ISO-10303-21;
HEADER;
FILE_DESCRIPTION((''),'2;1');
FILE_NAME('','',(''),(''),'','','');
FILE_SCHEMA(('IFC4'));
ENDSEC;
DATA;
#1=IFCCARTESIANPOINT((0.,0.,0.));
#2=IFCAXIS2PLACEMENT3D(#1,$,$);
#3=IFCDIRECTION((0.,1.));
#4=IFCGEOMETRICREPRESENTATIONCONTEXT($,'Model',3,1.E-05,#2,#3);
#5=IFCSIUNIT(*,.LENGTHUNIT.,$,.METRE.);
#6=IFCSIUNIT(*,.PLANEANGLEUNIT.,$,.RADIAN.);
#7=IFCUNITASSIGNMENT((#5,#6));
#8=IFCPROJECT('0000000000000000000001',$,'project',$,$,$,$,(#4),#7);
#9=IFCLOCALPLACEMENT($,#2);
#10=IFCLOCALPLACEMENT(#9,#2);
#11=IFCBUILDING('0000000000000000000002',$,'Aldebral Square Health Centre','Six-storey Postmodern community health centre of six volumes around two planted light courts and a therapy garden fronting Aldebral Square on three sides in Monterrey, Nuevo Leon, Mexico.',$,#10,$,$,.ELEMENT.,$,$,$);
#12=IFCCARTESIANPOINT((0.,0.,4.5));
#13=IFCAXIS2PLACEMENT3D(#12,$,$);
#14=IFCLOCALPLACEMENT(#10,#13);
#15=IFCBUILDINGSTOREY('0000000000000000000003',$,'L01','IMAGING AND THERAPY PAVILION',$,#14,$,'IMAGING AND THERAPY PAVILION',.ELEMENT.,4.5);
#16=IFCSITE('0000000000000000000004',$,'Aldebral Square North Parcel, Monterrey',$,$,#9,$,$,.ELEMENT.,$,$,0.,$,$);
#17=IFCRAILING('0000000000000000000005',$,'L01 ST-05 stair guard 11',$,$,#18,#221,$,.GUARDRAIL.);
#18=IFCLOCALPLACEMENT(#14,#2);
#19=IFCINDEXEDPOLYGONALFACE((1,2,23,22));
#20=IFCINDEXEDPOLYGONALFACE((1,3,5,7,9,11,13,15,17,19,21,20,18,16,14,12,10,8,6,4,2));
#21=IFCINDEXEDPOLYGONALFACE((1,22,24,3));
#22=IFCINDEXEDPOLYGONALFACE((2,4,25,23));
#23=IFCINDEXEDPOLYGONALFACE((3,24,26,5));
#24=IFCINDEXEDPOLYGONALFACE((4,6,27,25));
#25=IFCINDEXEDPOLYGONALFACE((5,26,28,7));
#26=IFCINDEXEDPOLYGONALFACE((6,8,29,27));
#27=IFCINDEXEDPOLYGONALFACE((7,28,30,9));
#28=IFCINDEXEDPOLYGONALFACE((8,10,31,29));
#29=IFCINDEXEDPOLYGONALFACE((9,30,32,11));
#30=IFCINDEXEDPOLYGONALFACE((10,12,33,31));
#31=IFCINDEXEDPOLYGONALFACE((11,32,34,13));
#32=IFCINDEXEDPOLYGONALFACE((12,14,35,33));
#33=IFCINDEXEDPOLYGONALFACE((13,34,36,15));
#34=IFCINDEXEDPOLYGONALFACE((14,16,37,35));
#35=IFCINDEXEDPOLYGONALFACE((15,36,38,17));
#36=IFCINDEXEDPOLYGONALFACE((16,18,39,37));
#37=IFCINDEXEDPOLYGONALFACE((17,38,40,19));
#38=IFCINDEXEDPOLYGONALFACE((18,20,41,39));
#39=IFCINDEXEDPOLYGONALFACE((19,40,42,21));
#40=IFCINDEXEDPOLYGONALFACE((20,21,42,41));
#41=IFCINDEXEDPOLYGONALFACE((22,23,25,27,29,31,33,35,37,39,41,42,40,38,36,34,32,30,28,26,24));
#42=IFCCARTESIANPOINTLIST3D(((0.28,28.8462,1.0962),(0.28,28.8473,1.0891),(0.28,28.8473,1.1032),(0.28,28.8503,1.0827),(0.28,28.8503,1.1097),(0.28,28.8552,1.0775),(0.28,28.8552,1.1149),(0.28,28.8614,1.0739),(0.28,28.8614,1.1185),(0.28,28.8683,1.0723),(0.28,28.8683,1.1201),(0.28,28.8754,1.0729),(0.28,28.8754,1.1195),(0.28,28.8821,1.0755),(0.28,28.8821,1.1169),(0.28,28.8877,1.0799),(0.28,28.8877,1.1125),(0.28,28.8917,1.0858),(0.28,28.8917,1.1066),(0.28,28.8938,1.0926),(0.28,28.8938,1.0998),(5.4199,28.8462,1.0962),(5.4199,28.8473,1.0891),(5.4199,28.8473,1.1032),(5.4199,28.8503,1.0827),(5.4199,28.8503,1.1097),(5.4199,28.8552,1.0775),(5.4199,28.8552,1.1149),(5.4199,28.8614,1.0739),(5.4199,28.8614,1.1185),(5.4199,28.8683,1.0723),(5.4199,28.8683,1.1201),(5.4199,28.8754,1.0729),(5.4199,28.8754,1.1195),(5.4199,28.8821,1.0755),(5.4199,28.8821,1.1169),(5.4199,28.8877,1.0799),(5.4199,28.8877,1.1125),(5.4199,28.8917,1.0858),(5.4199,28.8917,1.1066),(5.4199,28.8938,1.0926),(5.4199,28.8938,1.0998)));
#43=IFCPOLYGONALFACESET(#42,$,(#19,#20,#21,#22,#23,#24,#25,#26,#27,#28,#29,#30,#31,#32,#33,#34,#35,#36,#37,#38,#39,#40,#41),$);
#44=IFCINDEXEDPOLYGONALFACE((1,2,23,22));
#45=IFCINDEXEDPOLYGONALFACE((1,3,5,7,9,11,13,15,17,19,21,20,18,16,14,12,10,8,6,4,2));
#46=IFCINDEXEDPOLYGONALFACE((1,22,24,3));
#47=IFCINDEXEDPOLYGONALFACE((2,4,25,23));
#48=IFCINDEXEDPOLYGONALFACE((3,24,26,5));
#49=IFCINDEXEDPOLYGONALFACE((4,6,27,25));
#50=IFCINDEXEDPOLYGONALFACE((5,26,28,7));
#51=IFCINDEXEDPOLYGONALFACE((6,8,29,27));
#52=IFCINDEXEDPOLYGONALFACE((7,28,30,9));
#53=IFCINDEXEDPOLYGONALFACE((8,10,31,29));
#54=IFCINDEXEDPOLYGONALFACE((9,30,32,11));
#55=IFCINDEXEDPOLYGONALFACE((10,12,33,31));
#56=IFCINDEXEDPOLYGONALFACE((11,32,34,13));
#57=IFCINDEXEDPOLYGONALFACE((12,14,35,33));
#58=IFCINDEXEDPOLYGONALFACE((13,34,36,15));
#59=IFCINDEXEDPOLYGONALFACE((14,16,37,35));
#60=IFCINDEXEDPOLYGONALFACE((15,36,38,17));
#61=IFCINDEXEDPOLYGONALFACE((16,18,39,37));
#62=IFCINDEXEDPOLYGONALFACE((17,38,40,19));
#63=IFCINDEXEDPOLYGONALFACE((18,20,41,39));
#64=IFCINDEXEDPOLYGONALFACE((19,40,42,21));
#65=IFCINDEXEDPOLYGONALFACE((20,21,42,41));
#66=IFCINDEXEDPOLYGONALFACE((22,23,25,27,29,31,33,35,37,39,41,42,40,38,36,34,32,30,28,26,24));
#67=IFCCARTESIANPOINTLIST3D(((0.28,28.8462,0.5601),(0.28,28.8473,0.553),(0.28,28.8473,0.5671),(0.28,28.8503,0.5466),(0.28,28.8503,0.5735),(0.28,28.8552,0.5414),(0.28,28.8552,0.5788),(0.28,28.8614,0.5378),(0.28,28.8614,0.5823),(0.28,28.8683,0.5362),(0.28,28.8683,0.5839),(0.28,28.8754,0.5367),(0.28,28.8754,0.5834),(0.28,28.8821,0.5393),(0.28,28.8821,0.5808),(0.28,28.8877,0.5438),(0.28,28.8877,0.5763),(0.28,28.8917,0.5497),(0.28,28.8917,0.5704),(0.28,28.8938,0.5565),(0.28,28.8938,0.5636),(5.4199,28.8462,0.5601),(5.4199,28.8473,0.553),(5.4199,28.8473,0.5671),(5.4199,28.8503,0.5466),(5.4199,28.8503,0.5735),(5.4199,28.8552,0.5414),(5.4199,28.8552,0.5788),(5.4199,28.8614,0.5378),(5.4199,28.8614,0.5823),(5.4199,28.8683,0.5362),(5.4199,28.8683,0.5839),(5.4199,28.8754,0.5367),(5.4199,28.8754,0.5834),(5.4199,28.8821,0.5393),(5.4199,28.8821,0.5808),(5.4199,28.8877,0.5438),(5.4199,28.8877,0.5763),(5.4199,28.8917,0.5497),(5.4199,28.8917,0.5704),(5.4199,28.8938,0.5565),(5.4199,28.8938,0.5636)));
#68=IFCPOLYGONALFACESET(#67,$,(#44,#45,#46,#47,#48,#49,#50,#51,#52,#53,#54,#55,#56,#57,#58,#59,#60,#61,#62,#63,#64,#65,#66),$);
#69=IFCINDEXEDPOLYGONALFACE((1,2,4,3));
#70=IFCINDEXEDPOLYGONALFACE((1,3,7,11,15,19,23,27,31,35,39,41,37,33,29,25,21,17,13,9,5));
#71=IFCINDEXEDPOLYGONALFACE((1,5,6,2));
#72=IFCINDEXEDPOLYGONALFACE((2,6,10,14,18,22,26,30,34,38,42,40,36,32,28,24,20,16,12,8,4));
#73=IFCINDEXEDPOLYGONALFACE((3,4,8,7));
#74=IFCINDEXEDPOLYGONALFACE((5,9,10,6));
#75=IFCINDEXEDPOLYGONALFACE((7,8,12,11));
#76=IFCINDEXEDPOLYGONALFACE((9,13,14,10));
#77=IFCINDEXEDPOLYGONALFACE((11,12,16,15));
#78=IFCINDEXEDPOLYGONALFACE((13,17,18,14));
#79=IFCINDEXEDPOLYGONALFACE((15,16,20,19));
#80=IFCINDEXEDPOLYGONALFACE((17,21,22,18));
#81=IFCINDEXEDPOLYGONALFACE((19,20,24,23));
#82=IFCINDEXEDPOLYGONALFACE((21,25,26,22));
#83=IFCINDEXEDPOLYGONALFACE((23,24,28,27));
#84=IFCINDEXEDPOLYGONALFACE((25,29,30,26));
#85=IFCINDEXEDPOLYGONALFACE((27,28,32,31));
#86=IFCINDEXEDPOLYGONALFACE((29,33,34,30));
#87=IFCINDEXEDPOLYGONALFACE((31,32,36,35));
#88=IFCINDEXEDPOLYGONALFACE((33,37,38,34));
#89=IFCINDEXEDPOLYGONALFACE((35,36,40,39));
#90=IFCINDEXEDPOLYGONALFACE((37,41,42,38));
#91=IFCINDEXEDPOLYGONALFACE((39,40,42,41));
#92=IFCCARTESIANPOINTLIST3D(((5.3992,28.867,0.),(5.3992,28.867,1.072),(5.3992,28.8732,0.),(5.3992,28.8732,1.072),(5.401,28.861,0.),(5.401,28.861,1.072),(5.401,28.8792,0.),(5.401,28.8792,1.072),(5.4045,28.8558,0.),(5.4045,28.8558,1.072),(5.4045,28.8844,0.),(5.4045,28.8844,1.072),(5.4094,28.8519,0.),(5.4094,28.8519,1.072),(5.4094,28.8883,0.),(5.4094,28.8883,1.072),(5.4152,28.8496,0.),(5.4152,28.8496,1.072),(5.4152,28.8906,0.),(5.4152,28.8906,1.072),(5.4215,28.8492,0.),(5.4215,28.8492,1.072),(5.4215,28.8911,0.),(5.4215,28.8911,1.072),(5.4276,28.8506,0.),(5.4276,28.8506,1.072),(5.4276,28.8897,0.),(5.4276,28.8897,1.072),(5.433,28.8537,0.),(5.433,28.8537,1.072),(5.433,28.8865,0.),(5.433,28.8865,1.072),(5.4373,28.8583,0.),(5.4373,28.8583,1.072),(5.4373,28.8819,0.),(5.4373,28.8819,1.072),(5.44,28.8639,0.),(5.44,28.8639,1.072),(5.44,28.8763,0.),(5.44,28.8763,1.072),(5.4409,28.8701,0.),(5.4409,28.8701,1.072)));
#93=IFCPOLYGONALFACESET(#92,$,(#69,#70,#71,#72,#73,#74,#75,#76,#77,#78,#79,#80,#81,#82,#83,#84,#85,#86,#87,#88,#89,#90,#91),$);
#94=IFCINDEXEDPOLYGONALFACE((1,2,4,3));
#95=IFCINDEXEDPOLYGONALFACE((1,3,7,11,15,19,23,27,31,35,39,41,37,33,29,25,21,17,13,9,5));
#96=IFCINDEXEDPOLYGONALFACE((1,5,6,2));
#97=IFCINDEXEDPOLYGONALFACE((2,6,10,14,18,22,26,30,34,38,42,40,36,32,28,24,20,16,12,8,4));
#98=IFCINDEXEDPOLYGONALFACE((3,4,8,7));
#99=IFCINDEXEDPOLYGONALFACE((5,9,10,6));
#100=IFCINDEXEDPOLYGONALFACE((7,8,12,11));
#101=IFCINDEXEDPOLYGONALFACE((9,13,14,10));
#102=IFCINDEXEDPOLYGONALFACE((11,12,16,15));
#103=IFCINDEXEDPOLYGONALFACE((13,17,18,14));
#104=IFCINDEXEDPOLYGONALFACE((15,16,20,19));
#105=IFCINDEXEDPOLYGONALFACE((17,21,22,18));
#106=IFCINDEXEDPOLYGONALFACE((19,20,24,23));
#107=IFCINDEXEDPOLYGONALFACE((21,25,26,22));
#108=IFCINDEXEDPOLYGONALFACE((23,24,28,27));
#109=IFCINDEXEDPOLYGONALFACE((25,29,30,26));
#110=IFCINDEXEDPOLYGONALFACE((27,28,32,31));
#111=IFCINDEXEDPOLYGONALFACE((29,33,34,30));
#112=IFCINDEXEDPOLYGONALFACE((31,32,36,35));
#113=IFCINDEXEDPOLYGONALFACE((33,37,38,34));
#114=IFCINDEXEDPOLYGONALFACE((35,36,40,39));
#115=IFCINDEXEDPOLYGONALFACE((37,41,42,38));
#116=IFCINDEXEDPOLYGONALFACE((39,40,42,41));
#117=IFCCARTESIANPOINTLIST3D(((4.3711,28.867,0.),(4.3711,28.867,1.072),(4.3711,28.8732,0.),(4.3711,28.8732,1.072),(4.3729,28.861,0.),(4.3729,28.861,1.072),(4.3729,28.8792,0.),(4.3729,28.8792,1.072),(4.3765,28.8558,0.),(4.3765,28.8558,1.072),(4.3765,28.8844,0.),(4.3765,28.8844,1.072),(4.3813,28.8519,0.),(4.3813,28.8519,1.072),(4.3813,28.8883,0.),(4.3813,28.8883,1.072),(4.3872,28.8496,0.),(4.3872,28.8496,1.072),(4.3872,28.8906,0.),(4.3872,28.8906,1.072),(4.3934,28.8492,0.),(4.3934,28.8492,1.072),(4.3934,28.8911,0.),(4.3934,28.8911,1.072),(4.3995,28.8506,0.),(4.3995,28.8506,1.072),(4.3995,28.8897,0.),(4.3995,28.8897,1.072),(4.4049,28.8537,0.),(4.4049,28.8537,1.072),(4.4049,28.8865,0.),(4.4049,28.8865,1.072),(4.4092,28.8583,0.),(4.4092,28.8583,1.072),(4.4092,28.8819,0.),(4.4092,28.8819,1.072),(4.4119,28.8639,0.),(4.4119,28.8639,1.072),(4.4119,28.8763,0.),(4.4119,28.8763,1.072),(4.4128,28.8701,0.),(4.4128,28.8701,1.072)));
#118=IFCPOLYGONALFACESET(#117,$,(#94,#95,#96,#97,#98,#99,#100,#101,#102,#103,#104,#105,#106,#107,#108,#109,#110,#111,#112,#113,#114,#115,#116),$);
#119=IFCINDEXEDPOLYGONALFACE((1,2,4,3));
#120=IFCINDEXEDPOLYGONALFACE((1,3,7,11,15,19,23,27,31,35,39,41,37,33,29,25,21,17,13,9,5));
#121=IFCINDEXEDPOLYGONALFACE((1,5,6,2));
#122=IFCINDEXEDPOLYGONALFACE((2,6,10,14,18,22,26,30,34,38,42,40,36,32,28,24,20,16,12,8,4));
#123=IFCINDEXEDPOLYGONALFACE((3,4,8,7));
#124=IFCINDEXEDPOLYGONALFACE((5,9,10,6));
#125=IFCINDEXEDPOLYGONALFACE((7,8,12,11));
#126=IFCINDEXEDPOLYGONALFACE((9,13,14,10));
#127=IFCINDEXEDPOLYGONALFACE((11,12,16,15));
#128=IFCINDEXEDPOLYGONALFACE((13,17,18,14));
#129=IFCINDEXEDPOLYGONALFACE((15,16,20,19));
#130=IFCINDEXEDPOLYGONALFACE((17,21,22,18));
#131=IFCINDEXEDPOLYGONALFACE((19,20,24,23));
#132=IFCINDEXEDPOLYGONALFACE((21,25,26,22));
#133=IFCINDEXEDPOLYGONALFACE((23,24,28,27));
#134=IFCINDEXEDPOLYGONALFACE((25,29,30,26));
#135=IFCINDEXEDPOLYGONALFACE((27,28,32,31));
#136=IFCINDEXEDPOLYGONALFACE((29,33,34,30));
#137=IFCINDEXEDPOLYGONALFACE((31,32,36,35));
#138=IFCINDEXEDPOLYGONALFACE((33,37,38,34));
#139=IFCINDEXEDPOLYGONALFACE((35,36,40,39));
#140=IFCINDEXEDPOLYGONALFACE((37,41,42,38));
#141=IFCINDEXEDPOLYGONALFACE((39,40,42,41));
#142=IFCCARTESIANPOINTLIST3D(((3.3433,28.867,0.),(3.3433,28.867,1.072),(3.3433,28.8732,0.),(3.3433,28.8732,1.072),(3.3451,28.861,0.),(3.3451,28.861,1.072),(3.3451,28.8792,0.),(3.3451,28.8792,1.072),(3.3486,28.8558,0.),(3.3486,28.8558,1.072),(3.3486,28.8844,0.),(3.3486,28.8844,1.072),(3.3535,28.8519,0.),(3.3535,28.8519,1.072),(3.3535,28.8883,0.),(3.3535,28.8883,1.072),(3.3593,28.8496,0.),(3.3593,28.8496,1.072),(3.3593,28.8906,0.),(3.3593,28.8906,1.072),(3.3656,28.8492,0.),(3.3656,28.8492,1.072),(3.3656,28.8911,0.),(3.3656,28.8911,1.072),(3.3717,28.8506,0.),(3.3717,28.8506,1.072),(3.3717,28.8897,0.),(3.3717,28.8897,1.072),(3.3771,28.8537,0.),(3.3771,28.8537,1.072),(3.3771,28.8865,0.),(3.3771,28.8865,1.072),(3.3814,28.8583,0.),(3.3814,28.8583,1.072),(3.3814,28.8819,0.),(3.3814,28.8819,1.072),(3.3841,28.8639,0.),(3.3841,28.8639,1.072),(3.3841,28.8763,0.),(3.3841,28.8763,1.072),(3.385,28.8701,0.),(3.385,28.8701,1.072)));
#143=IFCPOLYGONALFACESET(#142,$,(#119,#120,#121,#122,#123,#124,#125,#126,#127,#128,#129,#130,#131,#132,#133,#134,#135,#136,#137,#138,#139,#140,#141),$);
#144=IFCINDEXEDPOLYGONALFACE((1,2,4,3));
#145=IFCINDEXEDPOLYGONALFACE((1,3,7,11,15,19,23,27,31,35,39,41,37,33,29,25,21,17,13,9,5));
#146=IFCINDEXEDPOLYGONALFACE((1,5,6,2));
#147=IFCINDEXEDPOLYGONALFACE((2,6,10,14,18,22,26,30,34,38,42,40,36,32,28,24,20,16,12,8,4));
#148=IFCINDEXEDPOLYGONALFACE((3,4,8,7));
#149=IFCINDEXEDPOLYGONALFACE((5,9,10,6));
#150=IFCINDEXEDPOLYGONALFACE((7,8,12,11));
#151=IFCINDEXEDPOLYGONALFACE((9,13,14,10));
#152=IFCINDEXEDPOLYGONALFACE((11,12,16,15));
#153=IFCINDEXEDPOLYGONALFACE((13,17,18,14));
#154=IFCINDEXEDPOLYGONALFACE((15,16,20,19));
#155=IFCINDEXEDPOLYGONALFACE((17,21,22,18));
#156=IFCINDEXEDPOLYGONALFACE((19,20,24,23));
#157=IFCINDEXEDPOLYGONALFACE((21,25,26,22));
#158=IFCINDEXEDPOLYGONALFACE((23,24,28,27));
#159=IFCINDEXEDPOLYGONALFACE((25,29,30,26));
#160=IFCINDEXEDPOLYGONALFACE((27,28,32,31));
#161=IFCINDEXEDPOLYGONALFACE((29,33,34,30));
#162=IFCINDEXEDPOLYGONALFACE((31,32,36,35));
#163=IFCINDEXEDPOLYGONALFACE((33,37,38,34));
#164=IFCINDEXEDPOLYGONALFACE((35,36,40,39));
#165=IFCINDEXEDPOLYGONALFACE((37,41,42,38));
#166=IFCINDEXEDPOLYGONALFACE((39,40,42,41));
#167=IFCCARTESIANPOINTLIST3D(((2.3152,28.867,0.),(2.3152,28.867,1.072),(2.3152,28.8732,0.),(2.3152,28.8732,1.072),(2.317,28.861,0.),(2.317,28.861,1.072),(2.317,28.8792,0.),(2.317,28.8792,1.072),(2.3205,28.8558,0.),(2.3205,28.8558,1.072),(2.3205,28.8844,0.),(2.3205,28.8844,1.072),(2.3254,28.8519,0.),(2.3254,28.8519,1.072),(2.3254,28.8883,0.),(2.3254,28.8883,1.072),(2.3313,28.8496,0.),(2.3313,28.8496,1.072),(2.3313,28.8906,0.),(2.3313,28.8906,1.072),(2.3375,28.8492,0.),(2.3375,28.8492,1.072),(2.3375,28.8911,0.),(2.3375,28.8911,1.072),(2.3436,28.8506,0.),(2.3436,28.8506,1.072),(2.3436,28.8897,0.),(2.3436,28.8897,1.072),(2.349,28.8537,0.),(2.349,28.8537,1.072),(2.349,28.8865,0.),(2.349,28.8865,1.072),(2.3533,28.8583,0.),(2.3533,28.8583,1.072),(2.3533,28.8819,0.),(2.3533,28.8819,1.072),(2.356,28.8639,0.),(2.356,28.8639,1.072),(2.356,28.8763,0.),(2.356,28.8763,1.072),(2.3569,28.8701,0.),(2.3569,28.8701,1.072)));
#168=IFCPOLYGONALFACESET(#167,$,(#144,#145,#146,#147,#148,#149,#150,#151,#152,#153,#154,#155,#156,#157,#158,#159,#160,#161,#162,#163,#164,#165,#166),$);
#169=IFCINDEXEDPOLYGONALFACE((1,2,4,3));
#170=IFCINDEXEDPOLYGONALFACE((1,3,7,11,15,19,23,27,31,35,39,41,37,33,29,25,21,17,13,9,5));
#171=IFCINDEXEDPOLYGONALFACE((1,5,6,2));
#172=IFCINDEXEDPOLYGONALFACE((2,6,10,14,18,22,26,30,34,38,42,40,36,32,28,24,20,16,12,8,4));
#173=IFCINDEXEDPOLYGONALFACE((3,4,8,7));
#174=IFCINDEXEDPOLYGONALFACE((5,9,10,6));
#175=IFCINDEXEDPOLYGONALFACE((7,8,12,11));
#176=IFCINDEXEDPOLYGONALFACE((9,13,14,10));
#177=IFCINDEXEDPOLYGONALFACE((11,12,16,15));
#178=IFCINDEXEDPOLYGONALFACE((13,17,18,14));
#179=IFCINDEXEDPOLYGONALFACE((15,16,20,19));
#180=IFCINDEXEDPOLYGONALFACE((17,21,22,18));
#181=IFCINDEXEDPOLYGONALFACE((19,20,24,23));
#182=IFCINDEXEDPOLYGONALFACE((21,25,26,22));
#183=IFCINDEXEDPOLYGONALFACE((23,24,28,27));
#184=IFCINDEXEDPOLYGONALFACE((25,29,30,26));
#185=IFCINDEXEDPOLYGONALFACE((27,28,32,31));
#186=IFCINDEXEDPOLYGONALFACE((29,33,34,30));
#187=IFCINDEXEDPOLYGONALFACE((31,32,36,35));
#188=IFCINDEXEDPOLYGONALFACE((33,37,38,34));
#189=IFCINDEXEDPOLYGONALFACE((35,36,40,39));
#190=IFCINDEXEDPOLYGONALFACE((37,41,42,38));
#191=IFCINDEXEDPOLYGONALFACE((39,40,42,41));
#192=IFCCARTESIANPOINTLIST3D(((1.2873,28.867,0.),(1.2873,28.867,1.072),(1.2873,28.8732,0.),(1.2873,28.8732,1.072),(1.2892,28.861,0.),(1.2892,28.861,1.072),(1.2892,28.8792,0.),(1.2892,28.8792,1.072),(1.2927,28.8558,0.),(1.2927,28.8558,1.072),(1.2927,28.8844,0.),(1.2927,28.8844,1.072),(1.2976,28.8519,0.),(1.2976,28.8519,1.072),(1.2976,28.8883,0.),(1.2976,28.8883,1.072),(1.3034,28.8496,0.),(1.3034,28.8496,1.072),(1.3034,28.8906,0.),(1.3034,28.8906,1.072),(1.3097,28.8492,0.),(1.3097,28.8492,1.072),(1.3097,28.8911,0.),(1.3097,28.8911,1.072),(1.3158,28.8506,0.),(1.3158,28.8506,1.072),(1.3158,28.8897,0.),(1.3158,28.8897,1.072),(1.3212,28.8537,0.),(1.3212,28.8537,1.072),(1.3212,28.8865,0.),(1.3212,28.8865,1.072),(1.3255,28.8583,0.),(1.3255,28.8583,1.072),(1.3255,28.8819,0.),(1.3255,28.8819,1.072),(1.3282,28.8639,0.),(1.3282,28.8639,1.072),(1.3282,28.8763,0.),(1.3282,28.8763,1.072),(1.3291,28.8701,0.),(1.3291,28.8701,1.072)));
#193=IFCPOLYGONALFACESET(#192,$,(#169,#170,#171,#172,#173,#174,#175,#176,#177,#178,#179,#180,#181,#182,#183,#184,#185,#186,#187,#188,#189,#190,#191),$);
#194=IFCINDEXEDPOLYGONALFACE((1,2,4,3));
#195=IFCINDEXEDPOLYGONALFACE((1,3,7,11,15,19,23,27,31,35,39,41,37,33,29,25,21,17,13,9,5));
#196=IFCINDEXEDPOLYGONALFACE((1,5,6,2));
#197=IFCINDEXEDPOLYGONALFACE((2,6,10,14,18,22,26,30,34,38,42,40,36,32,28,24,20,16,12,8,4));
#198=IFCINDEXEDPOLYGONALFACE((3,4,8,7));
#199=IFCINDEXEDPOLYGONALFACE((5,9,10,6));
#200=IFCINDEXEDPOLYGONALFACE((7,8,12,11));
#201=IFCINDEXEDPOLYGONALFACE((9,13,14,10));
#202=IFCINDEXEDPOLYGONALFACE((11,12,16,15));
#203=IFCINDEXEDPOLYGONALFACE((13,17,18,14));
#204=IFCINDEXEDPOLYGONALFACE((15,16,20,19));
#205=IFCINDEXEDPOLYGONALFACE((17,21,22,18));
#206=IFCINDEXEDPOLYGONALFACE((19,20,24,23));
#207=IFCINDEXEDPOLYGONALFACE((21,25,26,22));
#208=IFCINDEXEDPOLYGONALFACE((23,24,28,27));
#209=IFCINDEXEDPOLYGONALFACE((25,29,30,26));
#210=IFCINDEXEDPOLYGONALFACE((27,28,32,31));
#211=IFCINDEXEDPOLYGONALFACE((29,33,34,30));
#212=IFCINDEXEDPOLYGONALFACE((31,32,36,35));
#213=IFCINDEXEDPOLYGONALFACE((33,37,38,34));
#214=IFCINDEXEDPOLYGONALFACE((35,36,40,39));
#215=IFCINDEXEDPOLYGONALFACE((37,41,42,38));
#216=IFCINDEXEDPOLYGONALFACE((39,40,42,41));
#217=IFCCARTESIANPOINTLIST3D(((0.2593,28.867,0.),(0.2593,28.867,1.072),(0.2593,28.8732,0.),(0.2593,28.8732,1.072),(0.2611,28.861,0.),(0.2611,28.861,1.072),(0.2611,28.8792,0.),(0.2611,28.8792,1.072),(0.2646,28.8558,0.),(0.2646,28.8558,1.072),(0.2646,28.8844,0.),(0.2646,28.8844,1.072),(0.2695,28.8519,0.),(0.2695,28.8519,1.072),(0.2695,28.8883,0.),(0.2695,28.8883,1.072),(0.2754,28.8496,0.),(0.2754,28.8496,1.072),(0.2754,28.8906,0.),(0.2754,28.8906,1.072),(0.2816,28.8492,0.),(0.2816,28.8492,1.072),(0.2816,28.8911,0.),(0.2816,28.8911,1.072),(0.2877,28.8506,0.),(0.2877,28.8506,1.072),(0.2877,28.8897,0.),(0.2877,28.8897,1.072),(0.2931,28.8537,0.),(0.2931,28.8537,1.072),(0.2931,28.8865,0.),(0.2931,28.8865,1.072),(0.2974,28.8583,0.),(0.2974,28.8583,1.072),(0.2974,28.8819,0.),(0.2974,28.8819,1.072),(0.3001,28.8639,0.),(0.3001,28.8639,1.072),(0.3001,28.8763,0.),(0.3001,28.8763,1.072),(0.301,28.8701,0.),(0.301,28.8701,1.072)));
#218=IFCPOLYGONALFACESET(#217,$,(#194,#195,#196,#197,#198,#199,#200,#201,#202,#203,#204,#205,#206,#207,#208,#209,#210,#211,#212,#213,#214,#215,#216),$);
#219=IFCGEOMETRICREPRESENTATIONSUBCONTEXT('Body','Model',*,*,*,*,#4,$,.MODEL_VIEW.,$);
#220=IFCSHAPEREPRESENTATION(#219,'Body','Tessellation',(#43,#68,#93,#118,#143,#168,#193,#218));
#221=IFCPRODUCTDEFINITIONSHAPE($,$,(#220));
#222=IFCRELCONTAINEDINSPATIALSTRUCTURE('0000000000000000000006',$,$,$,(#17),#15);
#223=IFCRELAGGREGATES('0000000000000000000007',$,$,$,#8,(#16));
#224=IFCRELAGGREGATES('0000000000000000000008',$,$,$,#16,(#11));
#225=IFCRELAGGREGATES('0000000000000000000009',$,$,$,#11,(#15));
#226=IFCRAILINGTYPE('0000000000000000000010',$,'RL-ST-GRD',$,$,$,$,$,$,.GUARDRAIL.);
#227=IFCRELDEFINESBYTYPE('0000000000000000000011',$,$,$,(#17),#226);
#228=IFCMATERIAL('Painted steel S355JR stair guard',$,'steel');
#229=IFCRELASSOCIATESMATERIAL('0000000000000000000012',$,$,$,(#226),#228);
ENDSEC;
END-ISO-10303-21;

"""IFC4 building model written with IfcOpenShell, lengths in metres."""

from ifc_helpers import new_model, si_unit, direction, frame, origin, origin_2d, place, context, subcontext, project, spatial, circle, extrude, material, type_object, element, save


model = new_model("IFC4")

# Units and contexts
model_context = context("Model", 3, precision=1e-05, world=origin(), true_north=direction((0.0, 1.0)))
body_context = subcontext(model_context, "Body", "Model", "MODEL_VIEW")
ifc_project = project(units=[si_unit("LENGTHUNIT", "METRE"), si_unit("PLANEANGLEUNIT", "RADIAN")], contexts=[model_context])

# Site, building, storey
site_placement = place(None, origin())
site = spatial("IfcSite", under=ifc_project, at=site_placement, Name="Aldebral Square North Parcel, Monterrey", CompositionType="ELEMENT", RefElevation=0.0)
building_placement = place(site_placement, origin())
building = spatial("IfcBuilding", under=site, at=building_placement, Name="Aldebral Square Health Centre", Description="Six-storey Postmodern community health centre of six volumes around two planted light courts and a therapy garden fronting Aldebral Square on three sides in Monterrey, Nuevo Leon, Mexico.", CompositionType="ELEMENT")
storey_placement = place(building_placement, frame((0.0, 0.0, 4.5)))
storey = spatial("IfcBuildingStorey", under=building, at=storey_placement, Name="L01", Description="IMAGING AND THERAPY PAVILION", LongName="IMAGING AND THERAPY PAVILION", CompositionType="ELEMENT", Elevation=4.5)

# Railing
ifc_material_1 = material(Name="Painted steel S355JR stair guard", Category="steel")
railing_type = type_object("IfcRailingType", Name="RL-ST-GRD", PredefinedType="GUARDRAIL", material=ifc_material_1)
railing_placement = place(storey_placement, frame((5.4199, 28.8701, 0.0)))
element("IfcRailing", 1, at=railing_placement, inside=storey, type_object=railing_type, Name="L01 ST-05 stair guard 11", PredefinedType="GUARDRAIL", context=body_context, shape_type="SweptSolid", body=[
    extrude(circle(Radius=0.0239, at=origin_2d()), frame((0.0, 0.0, 1.0962), z_axis=(-1.0, 0.0, 0.0), x_axis=(0.0, -1.0, 0.0)), (0.0, 0.0, 1.0), 5.1399),
    extrude(circle(Radius=0.0239, at=origin_2d()), frame((0.0, 0.0, 0.5601), z_axis=(-1.0, 0.0, 0.0), x_axis=(0.0, -1.0, 0.0)), (0.0, 0.0, 1.0), 5.1399),
    extrude(circle(Radius=0.021, at=origin_2d()), origin(), (0.0, 0.0, 1.0), 1.072),
    extrude(circle(Radius=0.021, at=origin_2d()), frame((-1.0281, 0.0, 0.0)), (0.0, 0.0, 1.0), 1.072),
    extrude(circle(Radius=0.021, at=origin_2d()), frame((-2.0559, 0.0, 0.0)), (0.0, 0.0, 1.0), 1.072),
    extrude(circle(Radius=0.021, at=origin_2d()), frame((-3.084, 0.0, 0.0)), (0.0, 0.0, 1.0), 1.072),
    extrude(circle(Radius=0.021, at=origin_2d()), frame((-4.1118, 0.0, 0.0)), (0.0, 0.0, 1.0), 1.072),
    extrude(circle(Radius=0.021, at=origin_2d()), frame((-5.1399, 0.0, 0.0)), (0.0, 0.0, 1.0), 1.072),
])

save(model, "model.ifc")
